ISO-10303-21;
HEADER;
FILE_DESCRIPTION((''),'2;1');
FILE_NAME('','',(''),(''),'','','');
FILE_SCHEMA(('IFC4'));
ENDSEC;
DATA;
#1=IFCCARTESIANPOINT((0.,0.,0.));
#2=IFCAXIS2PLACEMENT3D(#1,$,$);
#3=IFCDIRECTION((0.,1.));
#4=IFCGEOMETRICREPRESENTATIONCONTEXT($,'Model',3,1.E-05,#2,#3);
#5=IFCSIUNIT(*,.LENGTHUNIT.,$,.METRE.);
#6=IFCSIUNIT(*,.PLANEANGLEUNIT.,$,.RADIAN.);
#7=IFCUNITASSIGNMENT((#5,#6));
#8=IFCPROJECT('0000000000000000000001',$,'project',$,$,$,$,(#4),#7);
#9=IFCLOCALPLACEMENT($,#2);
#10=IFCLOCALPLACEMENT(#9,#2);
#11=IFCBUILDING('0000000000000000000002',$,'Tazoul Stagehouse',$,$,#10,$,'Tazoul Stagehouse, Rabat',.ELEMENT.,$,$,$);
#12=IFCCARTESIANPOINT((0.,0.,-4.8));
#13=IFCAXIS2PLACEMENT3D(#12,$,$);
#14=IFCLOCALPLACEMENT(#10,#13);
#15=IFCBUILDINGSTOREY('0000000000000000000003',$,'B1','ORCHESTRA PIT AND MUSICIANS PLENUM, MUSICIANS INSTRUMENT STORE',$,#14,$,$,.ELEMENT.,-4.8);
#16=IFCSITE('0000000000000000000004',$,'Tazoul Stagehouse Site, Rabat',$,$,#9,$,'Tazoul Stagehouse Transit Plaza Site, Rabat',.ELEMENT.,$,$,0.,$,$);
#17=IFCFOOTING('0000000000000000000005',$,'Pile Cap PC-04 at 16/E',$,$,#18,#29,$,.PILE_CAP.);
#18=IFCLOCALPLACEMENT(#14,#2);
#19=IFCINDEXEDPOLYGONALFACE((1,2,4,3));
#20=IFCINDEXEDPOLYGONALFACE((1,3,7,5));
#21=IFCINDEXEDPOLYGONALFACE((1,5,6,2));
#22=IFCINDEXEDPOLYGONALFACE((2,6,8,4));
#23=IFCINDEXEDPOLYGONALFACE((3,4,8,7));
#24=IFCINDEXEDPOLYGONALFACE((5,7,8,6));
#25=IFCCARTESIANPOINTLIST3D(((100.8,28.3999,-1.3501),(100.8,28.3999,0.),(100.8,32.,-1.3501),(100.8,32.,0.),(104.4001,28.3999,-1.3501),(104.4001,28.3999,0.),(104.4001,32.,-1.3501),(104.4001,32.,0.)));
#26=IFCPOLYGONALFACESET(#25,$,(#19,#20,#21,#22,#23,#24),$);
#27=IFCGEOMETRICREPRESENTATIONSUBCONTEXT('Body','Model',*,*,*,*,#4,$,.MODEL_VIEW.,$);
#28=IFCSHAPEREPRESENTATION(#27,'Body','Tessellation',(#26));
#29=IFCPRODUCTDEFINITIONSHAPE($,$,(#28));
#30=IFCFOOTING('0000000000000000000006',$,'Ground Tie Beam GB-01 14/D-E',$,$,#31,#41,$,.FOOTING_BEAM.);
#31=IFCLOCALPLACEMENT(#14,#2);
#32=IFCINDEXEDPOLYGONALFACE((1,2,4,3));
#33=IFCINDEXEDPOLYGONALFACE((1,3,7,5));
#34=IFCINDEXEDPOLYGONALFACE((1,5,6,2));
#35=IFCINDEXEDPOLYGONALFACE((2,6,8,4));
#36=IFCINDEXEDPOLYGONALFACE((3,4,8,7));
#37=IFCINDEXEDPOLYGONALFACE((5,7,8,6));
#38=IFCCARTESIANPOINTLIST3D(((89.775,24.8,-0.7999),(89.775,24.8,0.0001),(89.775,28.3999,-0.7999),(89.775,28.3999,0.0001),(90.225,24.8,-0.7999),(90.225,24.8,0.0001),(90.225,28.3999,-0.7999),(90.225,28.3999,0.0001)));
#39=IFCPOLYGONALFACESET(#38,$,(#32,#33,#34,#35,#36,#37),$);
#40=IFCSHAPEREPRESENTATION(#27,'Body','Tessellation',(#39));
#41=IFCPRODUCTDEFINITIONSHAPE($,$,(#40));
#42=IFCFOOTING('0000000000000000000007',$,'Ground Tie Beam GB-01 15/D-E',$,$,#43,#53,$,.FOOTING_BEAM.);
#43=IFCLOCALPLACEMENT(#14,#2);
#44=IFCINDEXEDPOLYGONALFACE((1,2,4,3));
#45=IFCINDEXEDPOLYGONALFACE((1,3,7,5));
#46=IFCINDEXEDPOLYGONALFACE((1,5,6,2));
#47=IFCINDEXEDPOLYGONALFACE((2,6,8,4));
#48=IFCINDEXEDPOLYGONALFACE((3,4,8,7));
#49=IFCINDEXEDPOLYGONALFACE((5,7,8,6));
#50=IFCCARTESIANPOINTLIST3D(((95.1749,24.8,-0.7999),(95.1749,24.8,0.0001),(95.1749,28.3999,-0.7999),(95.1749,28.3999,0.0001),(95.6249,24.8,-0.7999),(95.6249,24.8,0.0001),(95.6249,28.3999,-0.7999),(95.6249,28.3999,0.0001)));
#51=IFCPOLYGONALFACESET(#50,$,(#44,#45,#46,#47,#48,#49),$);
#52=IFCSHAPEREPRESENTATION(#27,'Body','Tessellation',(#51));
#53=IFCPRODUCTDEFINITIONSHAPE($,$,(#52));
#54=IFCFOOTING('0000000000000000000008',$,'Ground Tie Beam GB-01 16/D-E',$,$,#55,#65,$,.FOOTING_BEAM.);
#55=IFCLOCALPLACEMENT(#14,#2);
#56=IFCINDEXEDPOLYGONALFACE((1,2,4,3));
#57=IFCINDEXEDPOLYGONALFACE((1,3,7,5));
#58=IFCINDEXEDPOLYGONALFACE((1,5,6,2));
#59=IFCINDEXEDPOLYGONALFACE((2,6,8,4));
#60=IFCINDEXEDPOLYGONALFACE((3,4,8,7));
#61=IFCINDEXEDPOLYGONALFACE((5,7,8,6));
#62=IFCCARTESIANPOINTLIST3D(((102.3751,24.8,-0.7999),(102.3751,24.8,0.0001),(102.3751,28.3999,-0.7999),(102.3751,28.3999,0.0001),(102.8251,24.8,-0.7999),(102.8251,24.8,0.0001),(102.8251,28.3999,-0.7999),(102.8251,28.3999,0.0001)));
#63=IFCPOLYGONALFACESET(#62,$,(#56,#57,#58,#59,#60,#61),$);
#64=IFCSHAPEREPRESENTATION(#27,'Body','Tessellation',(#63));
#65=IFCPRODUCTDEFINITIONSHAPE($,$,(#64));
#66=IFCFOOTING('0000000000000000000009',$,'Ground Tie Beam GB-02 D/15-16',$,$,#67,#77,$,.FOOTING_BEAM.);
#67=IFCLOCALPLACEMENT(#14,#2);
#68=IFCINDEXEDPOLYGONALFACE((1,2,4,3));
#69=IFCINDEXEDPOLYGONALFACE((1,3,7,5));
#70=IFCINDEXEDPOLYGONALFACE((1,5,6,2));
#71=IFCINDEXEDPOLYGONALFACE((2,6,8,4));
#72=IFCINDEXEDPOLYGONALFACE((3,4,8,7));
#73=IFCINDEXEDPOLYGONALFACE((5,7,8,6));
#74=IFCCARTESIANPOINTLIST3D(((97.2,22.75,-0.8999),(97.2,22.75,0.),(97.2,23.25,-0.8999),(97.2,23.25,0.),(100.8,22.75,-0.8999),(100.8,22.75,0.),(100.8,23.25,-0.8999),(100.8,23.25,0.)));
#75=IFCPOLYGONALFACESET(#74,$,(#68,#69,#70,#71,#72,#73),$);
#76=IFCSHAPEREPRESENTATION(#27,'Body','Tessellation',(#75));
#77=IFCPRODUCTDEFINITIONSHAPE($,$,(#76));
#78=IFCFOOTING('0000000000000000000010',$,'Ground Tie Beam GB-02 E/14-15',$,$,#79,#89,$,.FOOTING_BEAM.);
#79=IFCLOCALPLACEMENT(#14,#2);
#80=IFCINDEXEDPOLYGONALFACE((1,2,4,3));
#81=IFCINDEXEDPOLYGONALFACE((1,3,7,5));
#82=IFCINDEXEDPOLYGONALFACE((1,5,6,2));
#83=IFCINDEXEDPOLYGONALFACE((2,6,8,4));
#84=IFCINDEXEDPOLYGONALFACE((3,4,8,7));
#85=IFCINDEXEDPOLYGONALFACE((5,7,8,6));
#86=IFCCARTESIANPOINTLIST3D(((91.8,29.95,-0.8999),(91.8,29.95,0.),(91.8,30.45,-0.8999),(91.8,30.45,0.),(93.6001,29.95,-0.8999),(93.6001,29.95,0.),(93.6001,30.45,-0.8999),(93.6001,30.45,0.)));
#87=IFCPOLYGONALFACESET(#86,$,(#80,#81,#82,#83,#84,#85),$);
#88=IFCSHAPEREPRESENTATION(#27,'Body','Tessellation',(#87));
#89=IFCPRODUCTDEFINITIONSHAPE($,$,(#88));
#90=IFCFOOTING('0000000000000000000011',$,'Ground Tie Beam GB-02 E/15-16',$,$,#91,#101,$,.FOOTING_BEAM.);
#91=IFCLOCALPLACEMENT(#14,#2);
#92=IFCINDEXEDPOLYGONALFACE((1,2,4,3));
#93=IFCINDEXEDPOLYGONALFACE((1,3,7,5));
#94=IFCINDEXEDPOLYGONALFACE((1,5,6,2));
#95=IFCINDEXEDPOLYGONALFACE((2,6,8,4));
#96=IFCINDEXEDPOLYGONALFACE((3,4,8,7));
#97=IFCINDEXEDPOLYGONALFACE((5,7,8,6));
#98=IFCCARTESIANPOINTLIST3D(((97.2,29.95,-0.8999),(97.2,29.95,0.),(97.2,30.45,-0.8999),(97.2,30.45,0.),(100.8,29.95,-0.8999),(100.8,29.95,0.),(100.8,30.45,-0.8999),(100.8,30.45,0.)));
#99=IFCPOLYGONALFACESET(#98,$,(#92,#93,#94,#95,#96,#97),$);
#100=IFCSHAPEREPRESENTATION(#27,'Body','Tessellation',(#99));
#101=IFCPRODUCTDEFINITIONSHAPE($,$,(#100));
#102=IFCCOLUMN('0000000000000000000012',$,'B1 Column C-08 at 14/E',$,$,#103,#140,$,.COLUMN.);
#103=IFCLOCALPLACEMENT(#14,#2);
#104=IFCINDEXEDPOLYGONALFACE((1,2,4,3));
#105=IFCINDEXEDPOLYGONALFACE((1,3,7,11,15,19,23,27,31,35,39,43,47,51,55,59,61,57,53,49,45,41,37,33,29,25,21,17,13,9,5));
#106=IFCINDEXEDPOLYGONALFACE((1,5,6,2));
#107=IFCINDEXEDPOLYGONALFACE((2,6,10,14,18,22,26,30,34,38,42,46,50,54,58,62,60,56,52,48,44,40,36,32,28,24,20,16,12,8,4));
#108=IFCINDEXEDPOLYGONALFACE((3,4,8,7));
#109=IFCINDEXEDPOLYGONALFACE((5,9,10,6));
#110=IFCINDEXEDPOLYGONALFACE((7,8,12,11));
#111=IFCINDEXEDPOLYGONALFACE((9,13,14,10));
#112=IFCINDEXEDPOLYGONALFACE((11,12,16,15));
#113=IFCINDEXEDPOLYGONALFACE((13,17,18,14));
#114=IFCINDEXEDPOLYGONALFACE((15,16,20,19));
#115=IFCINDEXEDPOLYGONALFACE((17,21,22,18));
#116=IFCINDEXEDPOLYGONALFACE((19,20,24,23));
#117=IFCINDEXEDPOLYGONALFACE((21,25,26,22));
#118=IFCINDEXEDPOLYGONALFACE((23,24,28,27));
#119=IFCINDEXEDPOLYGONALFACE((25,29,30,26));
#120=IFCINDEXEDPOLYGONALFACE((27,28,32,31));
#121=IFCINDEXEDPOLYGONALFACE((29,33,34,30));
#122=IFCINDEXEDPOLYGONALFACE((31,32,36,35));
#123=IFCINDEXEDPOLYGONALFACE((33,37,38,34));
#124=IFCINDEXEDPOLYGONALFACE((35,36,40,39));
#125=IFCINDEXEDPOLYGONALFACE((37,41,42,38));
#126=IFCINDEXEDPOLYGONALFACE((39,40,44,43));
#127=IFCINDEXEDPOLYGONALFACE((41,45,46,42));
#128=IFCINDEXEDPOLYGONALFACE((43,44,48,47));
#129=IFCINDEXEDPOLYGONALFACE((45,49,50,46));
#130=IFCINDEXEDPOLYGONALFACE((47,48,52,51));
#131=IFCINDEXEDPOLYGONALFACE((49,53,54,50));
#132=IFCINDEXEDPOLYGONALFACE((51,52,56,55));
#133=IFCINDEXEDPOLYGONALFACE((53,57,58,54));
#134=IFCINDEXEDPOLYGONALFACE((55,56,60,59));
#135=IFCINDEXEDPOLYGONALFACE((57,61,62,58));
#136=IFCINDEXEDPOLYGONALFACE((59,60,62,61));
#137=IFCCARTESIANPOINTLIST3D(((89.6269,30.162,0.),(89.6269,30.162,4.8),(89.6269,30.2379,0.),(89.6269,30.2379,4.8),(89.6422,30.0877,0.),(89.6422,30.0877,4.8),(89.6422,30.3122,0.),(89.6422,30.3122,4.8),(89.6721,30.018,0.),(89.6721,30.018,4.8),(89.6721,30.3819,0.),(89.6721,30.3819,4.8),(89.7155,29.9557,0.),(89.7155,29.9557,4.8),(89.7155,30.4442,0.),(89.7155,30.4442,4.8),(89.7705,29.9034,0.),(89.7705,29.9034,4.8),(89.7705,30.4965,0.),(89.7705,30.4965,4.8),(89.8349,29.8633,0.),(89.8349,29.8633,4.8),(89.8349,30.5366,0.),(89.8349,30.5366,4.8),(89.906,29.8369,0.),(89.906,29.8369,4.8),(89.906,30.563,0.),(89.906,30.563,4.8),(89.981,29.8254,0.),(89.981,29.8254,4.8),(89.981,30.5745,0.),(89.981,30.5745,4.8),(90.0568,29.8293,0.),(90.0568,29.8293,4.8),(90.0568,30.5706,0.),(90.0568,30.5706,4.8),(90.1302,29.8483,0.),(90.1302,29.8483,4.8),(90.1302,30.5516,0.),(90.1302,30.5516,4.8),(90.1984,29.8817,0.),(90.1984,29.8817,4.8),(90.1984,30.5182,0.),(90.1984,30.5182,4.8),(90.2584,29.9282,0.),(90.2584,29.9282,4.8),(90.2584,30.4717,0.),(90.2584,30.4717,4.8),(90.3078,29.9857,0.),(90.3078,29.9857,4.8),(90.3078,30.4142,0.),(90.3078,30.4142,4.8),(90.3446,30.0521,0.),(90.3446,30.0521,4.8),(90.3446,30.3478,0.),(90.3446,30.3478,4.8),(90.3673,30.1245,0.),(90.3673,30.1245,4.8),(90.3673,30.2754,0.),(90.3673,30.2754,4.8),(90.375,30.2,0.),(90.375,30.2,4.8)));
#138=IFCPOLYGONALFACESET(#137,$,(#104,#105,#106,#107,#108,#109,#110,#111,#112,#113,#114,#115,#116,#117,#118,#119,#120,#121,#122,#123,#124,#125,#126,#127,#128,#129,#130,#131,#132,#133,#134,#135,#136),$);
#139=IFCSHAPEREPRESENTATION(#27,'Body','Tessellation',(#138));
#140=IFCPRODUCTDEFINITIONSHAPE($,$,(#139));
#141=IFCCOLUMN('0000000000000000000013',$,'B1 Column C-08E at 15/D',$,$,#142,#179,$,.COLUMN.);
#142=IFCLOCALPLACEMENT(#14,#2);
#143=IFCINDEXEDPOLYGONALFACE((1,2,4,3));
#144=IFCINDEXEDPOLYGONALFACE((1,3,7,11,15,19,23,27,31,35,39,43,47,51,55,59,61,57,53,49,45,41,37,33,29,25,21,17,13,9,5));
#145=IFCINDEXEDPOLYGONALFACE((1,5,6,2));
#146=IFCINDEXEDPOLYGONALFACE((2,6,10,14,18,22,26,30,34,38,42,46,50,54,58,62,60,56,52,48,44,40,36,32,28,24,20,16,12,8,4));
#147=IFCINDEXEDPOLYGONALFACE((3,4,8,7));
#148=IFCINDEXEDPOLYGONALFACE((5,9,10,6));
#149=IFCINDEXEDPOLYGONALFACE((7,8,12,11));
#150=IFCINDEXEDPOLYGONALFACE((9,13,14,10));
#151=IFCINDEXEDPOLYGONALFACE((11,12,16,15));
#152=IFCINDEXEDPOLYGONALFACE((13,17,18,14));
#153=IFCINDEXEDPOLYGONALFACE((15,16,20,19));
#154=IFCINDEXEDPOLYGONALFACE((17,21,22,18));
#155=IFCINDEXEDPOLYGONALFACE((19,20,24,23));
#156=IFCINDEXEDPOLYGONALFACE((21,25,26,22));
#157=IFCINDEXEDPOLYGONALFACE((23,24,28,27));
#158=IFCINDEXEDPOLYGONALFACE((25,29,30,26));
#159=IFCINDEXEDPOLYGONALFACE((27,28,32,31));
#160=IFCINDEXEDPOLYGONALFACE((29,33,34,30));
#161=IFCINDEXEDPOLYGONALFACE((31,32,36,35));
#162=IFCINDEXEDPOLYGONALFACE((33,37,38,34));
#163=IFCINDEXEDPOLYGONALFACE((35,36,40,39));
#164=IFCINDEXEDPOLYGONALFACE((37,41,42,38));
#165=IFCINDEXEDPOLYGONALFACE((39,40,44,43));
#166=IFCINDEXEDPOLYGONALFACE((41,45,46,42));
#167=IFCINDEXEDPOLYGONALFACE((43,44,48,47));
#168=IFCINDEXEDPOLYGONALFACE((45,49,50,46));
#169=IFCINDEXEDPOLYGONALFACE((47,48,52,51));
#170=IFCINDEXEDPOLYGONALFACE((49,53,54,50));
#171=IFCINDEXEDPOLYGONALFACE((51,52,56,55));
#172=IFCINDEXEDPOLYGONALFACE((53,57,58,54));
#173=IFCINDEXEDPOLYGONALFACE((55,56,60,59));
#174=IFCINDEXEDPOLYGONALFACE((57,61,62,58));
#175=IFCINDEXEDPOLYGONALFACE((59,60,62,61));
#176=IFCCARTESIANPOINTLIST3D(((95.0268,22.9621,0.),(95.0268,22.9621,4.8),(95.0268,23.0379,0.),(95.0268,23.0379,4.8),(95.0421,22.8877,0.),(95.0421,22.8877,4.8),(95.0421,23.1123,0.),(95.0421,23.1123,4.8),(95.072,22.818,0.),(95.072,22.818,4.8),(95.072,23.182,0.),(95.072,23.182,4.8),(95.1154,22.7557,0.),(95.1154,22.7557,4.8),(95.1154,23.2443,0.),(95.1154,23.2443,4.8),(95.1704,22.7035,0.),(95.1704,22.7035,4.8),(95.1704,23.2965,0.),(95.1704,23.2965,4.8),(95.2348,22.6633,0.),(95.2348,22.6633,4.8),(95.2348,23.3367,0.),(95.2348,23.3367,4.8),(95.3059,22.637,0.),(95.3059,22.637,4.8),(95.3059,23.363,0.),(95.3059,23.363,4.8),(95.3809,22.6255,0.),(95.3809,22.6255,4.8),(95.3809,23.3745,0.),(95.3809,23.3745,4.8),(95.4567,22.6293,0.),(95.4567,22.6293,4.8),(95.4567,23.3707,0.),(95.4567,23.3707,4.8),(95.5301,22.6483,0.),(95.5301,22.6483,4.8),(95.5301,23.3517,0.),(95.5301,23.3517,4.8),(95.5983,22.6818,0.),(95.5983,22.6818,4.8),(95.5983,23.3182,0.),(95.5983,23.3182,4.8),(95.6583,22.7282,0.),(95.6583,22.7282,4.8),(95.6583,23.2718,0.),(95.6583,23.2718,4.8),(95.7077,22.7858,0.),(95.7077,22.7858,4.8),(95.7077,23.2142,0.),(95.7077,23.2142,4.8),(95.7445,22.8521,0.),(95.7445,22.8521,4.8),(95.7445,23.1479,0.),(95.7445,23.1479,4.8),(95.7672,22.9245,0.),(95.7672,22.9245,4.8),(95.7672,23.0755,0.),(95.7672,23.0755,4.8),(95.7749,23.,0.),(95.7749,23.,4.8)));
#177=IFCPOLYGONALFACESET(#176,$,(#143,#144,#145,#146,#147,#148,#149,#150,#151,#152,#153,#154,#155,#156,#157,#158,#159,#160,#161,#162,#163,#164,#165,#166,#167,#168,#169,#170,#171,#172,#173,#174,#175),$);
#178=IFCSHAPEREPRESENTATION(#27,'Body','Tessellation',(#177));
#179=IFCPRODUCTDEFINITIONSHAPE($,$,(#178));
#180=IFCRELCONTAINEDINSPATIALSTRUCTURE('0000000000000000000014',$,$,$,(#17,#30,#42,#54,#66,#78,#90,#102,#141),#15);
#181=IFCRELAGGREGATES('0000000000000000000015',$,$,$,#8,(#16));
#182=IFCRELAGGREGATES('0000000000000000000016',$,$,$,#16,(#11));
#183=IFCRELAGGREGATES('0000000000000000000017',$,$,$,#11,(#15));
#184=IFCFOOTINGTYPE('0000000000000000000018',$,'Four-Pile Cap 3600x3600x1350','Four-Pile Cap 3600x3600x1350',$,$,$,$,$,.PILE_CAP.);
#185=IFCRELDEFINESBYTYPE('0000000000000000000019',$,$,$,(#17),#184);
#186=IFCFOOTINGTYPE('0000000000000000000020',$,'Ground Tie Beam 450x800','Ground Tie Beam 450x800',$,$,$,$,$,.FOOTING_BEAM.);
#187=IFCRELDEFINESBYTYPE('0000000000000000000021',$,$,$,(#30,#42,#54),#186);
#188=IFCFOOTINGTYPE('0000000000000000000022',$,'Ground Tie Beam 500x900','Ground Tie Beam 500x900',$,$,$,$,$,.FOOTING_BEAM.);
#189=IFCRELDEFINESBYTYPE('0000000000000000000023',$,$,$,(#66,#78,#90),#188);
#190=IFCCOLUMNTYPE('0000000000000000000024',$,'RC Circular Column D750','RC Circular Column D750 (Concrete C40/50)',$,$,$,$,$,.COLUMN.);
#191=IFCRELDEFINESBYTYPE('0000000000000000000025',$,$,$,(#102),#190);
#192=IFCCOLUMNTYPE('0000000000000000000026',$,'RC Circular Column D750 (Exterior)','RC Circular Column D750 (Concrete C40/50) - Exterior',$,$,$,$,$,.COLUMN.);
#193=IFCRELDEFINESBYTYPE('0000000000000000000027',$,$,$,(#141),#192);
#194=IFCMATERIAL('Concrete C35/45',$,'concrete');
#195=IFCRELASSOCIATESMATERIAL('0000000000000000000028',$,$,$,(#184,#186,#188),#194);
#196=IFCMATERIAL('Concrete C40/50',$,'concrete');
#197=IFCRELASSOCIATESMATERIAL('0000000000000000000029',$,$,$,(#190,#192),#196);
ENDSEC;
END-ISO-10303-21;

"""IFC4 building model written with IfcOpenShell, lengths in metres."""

from ifc_helpers import new_model, si_unit, direction, frame, origin, origin_2d, place, context, subcontext, project, spatial, rectangle, circle, extrude, material, material_profile, profile_set, type_object, element, save


model = new_model("IFC4")

# Units and contexts
model_context = context("Model", 3, precision=1e-05, world=origin(), true_north=direction((0.0, 1.0)))
body_context = subcontext(model_context, "Body", "Model", "MODEL_VIEW")
ifc_project = project(units=[si_unit("LENGTHUNIT", "METRE"), si_unit("PLANEANGLEUNIT", "RADIAN")], contexts=[model_context])

# Site, building, storey
site_placement = place(None, origin())
site = spatial("IfcSite", under=ifc_project, at=site_placement, Name="Tazoul Stagehouse Site, Rabat", LongName="Tazoul Stagehouse Transit Plaza Site, Rabat", CompositionType="ELEMENT", RefElevation=0.0)
building_placement = place(site_placement, origin())
building = spatial("IfcBuilding", under=site, at=building_placement, Name="Tazoul Stagehouse", LongName="Tazoul Stagehouse, Rabat", CompositionType="ELEMENT")
storey_placement = place(building_placement, frame((0.0, 0.0, -4.8)))
storey = spatial("IfcBuildingStorey", under=building, at=storey_placement, Name="B1", Description="ORCHESTRA PIT AND MUSICIANS PLENUM, MUSICIANS INSTRUMENT STORE", CompositionType="ELEMENT", Elevation=-4.8)

# Shared definitions
ifc_material_1 = material(Name="Concrete C35/45", Category="concrete")

# Footings
footing_type_1 = type_object("IfcFootingType", Name="Four-Pile Cap 3600x3600x1350", Description="Four-Pile Cap 3600x3600x1350", PredefinedType="PILE_CAP", material=ifc_material_1)
for number, where, z_axis, x_axis, name in (
    (1, (102.6001, 30.2, -1.3501), (0.0, 0.0, 1.0), (1.0, 0.0, 0.0), "Pile Cap PC-04 at 16/E"),
):
    element("IfcFooting", number, at=place(storey_placement, frame(where, z_axis=z_axis, x_axis=x_axis)), inside=storey, type_object=footing_type_1, Name=name, PredefinedType="PILE_CAP", context=body_context, shape_type="SweptSolid", body=[
        extrude(rectangle(XDim=3.6001, YDim=3.6001, at=origin_2d()), origin(), (0.0, 0.0, 1.0), 1.3501),
    ])
ifc_material_profile_1 = material_profile(ifc_material_1, rectangle(XDim=0.45, YDim=0.8, at=origin_2d()), Name="RC 450x800")
ifc_profile_set_1 = profile_set([ifc_material_profile_1], Name="Concrete C35/45")
footing_type_2 = type_object("IfcFootingType", Name="Ground Tie Beam 450x800", Description="Ground Tie Beam 450x800", PredefinedType="FOOTING_BEAM", material=ifc_profile_set_1)
for number, where, z_axis, x_axis, name in (
    (2, (90.0, 24.8, -0.3999), (0.0, 1.0, 0.0), (-1.0, 0.0, 0.0), "Ground Tie Beam GB-01 14/D-E"),
    (3, (95.3999, 24.8, -0.3999), (0.0, 1.0, 0.0), (-1.0, 0.0, 0.0), "Ground Tie Beam GB-01 15/D-E"),
    (4, (102.6001, 24.8, -0.3999), (0.0, 1.0, 0.0), (-1.0, 0.0, 0.0), "Ground Tie Beam GB-01 16/D-E"),
):
    element("IfcFooting", number, at=place(storey_placement, frame(where, z_axis=z_axis, x_axis=x_axis)), inside=storey, type_object=footing_type_2, Name=name, PredefinedType="FOOTING_BEAM", context=body_context, shape_type="SweptSolid", body=[
        extrude(rectangle(XDim=0.45, YDim=0.8, at=origin_2d()), origin(), (0.0, 0.0, 1.0), 3.5999),
    ])
ifc_material_profile_2 = material_profile(ifc_material_1, rectangle(XDim=0.5, YDim=0.8999, at=origin_2d()), Name="RC 500x900")
ifc_profile_set_2 = profile_set([ifc_material_profile_2], Name="Concrete C35/45")
footing_type_3 = type_object("IfcFootingType", Name="Ground Tie Beam 500x900", Description="Ground Tie Beam 500x900", PredefinedType="FOOTING_BEAM", material=ifc_profile_set_2)
footing_1_placement = place(storey_placement, frame((97.2, 23.0, -0.45), z_axis=(1.0, 0.0, 0.0), x_axis=(0.0, 1.0, 0.0)))
element("IfcFooting", 5, at=footing_1_placement, inside=storey, type_object=footing_type_3, Name="Ground Tie Beam GB-02 D/15-16", PredefinedType="FOOTING_BEAM", context=body_context, shape_type="SweptSolid", body=[
    extrude(rectangle(XDim=0.5, YDim=0.8999, at=origin_2d()), origin(), (0.0, 0.0, 1.0), 3.6001),
])
footing_2_placement = place(storey_placement, frame((91.8, 30.2, -0.45), z_axis=(1.0, 0.0, 0.0), x_axis=(0.0, 1.0, 0.0)))
element("IfcFooting", 6, at=footing_2_placement, inside=storey, type_object=footing_type_3, Name="Ground Tie Beam GB-02 E/14-15", PredefinedType="FOOTING_BEAM", context=body_context, shape_type="SweptSolid", body=[
    extrude(rectangle(XDim=0.5, YDim=0.8999, at=origin_2d()), origin(), (0.0, 0.0, 1.0), 1.8),
])
footing_3_placement = place(storey_placement, frame((97.2, 30.2, -0.45), z_axis=(1.0, 0.0, 0.0), x_axis=(0.0, 1.0, 0.0)))
element("IfcFooting", 7, at=footing_3_placement, inside=storey, type_object=footing_type_3, Name="Ground Tie Beam GB-02 E/15-16", PredefinedType="FOOTING_BEAM", context=body_context, shape_type="SweptSolid", body=[
    extrude(rectangle(XDim=0.5, YDim=0.8999, at=origin_2d()), origin(), (0.0, 0.0, 1.0), 3.6001),
])

# Columns
ifc_material_2 = material(Name="Concrete C40/50", Category="concrete")
ifc_material_profile_3 = material_profile(ifc_material_2, circle(Radius=0.375, at=origin_2d()), Name="RC D750")
ifc_profile_set_3 = profile_set([ifc_material_profile_3], Name="Concrete C40/50")
column_type_1 = type_object("IfcColumnType", Name="RC Circular Column D750", Description="RC Circular Column D750 (Concrete C40/50)", PredefinedType="COLUMN", material=ifc_profile_set_3)
column_placement = place(storey_placement, frame((90.0, 30.2, 0.0), z_axis=(0.0, 0.0, 1.0), x_axis=(1.0, 0.0, 0.0)))
element("IfcColumn", 8, at=column_placement, inside=storey, type_object=column_type_1, Name="B1 Column C-08 at 14/E", PredefinedType="COLUMN", context=body_context, shape_type="SweptSolid", body=[
    extrude(circle(Radius=0.375, at=origin_2d()), origin(), (0.0, 0.0, 1.0), 4.8),
])
ifc_material_profile_4 = material_profile(ifc_material_2, circle(Radius=0.375, at=origin_2d()), Name="RC D750")
ifc_profile_set_4 = profile_set([ifc_material_profile_4], Name="Concrete C40/50")
column_type_2 = type_object("IfcColumnType", Name="RC Circular Column D750 (Exterior)", Description="RC Circular Column D750 (Concrete C40/50) - Exterior", PredefinedType="COLUMN", material=ifc_profile_set_4)
for number, where, z_axis, x_axis, name in (
    (9, (95.3999, 23.0, 0.0), (0.0, 0.0, 1.0), (1.0, 0.0, 0.0), "B1 Column C-08E at 15/D"),
):
    element("IfcColumn", number, at=place(storey_placement, frame(where, z_axis=z_axis, x_axis=x_axis)), inside=storey, type_object=column_type_2, Name=name, PredefinedType="COLUMN", context=body_context, shape_type="SweptSolid", body=[
        extrude(circle(Radius=0.375, at=origin_2d()), origin(), (0.0, 0.0, 1.0), 4.8),
    ])

save(model, "model.ifc")
